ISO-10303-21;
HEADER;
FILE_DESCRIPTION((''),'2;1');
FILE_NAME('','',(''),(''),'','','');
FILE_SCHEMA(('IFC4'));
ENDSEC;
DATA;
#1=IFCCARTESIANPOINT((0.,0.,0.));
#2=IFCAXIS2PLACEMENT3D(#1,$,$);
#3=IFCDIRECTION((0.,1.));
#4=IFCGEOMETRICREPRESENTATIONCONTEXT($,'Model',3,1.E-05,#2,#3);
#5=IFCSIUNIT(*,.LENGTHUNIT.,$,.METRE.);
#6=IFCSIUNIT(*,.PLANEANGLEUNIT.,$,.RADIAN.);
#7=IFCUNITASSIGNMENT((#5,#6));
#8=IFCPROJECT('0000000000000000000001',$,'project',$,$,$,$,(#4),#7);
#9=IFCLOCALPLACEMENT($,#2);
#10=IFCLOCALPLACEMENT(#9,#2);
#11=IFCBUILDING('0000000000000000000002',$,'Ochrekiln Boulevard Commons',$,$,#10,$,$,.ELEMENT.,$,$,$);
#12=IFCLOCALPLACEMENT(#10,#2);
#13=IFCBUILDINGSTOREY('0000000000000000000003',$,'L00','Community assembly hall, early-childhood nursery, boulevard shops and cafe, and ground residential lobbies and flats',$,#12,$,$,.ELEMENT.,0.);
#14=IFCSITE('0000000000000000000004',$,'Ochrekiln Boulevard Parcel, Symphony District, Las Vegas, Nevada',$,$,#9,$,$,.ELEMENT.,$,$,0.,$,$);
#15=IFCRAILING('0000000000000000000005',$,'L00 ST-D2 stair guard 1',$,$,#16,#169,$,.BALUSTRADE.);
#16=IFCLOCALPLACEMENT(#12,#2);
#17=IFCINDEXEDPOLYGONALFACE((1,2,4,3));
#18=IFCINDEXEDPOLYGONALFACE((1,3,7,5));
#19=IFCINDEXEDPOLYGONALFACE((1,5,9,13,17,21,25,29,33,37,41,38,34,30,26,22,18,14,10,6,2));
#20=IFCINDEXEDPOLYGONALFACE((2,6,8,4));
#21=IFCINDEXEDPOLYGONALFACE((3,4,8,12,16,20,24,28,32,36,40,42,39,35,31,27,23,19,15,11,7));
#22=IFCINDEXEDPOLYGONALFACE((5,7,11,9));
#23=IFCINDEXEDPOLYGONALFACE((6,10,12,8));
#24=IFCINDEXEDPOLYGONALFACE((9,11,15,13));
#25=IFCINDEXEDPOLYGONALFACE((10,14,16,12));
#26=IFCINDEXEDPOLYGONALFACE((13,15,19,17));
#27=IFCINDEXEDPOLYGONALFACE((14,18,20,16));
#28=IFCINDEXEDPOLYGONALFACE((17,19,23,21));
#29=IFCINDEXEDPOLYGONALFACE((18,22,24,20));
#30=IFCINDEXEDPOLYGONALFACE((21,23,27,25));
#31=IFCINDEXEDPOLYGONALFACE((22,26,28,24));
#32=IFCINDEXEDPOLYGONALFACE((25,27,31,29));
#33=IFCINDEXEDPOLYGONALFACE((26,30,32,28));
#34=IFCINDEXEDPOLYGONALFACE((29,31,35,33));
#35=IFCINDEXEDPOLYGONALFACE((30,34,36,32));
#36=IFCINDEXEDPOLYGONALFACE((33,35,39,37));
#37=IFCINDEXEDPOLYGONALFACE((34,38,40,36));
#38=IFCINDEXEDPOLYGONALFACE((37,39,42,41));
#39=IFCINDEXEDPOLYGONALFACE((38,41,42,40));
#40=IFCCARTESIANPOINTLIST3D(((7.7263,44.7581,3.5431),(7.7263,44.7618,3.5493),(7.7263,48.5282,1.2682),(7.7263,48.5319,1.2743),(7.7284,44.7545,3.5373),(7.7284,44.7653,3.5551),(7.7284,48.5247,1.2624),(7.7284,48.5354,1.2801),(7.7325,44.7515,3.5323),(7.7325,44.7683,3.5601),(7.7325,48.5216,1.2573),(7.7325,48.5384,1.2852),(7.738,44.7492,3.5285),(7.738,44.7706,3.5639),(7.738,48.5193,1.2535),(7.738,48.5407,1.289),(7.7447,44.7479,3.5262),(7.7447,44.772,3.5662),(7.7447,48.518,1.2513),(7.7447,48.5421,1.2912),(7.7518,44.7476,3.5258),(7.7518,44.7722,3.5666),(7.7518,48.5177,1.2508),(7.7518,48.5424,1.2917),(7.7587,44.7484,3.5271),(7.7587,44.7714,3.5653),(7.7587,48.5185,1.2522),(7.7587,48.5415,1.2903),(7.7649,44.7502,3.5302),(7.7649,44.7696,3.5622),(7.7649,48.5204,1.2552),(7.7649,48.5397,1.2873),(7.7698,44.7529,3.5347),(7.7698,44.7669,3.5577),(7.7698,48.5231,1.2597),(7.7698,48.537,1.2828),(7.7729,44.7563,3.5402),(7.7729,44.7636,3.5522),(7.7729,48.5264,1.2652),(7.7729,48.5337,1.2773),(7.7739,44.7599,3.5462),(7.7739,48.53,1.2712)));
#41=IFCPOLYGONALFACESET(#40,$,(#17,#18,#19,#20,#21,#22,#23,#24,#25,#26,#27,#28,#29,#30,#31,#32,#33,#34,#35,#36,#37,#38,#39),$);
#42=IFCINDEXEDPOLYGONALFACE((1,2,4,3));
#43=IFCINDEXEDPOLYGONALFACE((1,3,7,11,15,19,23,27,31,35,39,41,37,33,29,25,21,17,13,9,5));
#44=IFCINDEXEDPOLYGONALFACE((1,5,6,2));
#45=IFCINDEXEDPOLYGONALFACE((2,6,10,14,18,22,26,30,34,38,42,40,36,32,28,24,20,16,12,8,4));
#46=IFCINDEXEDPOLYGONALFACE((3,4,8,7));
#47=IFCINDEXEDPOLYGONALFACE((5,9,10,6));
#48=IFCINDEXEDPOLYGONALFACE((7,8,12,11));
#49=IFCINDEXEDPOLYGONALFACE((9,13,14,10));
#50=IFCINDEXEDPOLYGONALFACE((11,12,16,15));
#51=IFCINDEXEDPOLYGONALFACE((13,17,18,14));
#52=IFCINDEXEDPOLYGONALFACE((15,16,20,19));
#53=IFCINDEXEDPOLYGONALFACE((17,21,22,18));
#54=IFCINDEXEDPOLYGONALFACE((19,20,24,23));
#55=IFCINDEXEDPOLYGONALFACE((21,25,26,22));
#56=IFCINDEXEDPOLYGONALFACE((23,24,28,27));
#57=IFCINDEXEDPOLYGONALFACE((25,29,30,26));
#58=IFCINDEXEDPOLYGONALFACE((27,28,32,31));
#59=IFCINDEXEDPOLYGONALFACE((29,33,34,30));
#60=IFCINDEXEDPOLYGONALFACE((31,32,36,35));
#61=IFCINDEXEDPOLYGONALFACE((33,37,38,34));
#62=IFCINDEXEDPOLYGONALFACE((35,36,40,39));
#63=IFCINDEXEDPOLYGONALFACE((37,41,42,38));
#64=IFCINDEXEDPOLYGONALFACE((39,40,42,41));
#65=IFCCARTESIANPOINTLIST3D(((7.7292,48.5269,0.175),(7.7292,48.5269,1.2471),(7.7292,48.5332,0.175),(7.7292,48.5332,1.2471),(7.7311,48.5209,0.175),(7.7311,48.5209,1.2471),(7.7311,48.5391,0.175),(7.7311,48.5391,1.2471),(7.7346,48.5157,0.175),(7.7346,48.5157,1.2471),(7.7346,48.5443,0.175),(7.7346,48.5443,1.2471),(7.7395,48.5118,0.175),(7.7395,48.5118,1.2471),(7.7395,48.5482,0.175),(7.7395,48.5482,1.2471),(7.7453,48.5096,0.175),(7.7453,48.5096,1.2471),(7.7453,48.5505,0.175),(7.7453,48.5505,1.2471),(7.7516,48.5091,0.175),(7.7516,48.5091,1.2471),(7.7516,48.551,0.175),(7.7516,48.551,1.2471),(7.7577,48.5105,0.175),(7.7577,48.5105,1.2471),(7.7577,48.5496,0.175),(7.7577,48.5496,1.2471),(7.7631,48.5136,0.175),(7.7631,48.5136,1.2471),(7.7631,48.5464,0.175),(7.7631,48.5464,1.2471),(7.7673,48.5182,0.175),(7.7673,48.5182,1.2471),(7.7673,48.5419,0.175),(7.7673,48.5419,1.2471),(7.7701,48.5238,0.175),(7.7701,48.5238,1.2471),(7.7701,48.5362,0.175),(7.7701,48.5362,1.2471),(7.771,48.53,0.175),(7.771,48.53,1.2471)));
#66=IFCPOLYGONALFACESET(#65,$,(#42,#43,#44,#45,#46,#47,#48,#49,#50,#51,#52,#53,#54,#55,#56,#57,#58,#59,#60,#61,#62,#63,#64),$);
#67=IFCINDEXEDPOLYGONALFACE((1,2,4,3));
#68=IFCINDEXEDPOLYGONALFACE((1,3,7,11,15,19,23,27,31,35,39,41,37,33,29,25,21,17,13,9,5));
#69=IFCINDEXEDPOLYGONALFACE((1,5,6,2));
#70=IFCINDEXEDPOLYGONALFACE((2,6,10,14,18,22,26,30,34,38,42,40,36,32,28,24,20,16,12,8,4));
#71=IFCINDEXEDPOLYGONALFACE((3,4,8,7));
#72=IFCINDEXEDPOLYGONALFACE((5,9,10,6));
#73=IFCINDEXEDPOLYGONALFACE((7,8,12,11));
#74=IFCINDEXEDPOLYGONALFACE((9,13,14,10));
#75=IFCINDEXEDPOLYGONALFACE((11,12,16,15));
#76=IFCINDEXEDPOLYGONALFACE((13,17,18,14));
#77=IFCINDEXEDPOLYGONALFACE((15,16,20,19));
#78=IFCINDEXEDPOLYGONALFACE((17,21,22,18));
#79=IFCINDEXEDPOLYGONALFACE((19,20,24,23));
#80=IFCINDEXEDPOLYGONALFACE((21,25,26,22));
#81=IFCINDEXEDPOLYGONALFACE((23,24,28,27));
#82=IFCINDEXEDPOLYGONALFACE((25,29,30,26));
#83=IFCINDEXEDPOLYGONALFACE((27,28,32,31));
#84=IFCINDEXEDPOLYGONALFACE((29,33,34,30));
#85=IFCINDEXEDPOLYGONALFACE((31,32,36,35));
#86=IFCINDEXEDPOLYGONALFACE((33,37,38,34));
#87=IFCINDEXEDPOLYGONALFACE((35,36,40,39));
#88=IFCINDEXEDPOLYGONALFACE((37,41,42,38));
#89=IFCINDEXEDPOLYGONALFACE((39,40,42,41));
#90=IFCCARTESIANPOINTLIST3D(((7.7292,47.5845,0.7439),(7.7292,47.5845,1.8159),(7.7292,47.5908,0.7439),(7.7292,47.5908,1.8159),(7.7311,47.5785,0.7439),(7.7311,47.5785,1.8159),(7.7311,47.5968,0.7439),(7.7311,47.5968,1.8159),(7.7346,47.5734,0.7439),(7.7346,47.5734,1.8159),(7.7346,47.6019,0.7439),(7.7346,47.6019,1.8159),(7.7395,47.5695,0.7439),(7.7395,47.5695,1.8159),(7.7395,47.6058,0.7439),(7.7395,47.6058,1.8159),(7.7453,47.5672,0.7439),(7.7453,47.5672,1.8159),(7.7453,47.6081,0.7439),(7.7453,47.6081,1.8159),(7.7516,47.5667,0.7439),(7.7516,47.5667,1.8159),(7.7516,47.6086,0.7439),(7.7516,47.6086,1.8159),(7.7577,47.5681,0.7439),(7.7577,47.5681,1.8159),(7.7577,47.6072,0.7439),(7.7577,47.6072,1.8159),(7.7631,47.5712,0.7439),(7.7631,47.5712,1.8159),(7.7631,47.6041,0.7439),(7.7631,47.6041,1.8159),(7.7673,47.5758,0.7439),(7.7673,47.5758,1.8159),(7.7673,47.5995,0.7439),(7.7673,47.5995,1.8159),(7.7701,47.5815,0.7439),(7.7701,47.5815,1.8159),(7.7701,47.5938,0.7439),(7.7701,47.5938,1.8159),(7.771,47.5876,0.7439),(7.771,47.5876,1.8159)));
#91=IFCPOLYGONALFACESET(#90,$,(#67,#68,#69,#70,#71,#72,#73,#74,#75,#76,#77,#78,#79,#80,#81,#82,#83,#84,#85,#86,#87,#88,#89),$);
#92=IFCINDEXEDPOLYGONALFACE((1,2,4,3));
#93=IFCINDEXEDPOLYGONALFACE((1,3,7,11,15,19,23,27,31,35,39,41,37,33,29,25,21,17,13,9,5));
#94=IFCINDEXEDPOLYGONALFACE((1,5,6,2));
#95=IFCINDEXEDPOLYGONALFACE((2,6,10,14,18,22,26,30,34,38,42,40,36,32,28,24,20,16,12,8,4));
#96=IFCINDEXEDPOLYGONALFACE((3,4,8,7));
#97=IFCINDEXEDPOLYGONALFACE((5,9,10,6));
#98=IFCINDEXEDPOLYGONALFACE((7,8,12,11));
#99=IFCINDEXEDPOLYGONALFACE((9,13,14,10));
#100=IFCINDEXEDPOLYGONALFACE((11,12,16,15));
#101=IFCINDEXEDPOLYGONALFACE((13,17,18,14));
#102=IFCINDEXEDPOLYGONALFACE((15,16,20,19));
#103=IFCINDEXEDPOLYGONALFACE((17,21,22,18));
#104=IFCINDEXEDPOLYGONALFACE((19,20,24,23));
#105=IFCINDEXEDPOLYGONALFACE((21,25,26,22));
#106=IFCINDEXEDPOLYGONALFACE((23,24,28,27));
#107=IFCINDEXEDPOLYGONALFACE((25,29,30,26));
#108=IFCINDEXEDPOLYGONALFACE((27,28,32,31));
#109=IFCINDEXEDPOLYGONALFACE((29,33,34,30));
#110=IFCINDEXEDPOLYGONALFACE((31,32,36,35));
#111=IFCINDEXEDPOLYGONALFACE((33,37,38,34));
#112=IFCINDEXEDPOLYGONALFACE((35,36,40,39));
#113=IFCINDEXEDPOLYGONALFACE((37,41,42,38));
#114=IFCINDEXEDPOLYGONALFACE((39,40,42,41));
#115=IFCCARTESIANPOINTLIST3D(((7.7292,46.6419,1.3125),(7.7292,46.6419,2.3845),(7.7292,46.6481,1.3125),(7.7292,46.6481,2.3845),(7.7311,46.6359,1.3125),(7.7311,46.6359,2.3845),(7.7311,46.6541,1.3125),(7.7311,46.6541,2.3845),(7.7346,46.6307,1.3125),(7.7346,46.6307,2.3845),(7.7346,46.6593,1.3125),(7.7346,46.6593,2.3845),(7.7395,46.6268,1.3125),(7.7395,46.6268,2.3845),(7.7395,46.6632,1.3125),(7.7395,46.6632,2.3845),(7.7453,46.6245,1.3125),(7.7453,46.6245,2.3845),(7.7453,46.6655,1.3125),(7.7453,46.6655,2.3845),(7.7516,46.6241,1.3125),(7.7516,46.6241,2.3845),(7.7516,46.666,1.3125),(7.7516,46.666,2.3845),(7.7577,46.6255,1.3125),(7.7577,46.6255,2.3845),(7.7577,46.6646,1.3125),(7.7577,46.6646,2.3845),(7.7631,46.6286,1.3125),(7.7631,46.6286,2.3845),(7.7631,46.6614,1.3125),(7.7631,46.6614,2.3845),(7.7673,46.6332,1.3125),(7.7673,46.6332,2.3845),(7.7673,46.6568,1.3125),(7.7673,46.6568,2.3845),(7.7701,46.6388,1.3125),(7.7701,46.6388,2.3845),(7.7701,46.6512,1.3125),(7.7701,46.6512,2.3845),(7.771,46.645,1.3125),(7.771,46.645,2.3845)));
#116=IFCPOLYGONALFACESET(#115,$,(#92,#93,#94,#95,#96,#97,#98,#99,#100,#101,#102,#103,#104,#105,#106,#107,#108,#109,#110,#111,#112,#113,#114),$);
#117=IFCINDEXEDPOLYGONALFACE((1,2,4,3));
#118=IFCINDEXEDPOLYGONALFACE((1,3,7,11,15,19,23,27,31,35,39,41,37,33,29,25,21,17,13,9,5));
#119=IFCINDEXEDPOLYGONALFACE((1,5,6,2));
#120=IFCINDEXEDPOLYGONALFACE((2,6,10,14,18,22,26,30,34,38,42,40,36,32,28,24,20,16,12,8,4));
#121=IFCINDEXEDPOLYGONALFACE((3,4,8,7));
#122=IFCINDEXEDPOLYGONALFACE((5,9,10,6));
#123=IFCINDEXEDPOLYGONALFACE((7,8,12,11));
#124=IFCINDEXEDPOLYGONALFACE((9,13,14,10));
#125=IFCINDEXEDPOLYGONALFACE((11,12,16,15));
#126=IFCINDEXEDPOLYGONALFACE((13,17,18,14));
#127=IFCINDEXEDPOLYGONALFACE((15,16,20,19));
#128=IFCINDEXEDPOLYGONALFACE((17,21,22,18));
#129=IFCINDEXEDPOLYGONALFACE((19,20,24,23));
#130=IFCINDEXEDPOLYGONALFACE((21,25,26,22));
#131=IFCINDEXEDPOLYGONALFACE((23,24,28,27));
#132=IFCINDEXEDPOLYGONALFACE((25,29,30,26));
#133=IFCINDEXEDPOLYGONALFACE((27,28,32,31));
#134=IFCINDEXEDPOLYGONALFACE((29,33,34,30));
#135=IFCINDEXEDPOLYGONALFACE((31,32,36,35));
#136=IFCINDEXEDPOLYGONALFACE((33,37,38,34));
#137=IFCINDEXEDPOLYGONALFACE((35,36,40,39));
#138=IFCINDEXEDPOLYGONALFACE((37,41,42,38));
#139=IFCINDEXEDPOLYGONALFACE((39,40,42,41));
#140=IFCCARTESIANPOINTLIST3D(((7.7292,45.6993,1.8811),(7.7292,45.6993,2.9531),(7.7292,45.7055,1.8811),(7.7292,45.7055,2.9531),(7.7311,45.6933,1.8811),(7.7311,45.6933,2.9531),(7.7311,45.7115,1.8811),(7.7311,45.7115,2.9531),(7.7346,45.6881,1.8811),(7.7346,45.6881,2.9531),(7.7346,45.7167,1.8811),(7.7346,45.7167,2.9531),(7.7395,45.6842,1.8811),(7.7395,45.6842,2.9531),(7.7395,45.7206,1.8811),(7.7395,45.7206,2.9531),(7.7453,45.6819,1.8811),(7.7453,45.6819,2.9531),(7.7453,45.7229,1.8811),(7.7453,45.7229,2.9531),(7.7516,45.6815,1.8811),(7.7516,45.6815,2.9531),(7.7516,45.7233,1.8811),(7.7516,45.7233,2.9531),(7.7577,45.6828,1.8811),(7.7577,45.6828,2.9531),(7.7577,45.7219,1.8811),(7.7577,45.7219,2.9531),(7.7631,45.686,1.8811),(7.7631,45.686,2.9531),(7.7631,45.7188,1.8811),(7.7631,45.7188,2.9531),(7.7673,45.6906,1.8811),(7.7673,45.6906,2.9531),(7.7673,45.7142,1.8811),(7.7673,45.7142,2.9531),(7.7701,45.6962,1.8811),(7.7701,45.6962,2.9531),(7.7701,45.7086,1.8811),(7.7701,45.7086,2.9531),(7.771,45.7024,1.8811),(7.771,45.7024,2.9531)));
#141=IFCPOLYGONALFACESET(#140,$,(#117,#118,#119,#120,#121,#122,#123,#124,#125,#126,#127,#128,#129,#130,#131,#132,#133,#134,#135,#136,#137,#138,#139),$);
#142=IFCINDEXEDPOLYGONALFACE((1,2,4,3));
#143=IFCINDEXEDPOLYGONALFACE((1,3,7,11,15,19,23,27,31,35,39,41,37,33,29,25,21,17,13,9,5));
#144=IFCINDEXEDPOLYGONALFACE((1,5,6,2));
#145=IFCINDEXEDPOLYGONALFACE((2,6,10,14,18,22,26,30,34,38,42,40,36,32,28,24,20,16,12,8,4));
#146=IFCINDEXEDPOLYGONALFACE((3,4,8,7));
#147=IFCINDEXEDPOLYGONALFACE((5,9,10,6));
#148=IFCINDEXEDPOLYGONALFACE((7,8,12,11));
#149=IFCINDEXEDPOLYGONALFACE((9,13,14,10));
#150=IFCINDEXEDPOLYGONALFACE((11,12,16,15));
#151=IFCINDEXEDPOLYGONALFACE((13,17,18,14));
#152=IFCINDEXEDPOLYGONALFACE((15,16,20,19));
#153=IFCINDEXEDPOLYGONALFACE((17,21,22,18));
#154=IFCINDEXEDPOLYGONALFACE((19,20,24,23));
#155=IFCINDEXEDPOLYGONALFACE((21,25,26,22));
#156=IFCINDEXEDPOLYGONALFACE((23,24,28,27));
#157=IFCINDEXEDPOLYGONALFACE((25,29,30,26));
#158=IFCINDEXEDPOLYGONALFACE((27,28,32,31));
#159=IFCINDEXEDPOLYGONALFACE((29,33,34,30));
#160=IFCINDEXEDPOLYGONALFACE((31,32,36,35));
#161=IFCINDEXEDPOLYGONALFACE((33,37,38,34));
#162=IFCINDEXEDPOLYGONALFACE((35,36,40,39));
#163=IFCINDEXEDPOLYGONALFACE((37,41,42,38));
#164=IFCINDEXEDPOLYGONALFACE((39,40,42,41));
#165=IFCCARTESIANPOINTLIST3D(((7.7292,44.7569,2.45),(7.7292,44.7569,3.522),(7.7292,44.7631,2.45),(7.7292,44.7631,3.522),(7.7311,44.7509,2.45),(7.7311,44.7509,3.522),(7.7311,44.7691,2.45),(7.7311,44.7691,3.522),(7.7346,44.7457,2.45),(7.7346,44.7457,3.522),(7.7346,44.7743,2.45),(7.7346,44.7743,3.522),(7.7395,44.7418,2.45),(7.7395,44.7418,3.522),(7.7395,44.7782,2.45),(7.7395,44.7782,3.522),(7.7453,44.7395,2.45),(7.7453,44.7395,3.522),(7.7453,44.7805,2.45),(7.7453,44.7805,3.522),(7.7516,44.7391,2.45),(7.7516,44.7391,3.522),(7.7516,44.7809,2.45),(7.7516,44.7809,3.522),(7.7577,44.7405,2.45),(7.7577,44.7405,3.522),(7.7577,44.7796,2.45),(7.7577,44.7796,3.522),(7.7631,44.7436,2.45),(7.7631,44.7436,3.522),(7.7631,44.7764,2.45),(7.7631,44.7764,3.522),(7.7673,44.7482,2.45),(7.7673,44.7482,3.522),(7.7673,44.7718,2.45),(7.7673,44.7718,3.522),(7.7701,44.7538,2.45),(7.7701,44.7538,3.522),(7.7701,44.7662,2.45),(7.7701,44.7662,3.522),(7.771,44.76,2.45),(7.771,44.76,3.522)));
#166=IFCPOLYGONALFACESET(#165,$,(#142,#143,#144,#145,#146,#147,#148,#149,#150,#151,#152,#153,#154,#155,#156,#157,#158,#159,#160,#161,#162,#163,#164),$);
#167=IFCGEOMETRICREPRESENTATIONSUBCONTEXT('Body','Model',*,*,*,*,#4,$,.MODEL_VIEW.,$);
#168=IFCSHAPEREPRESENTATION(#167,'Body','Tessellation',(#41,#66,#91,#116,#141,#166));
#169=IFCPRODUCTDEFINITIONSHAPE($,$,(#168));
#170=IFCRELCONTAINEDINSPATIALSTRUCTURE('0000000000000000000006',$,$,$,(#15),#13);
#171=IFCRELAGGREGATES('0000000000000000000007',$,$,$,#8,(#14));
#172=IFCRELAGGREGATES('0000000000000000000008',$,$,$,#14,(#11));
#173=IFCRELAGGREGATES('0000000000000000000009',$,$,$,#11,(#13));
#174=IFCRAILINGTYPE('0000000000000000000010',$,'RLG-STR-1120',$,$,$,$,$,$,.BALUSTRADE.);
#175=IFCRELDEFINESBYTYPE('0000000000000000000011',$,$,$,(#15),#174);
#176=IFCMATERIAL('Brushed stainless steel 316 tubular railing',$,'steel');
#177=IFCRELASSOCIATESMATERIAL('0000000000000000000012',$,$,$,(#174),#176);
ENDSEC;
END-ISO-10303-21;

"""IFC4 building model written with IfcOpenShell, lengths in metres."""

from ifc_helpers import new_model, si_unit, direction, frame, origin, origin_2d, place, context, subcontext, project, spatial, circle, extrude, material, type_object, element, save


model = new_model("IFC4")

# Units and contexts
model_context = context("Model", 3, precision=1e-05, world=origin(), true_north=direction((0.0, 1.0)))
body_context = subcontext(model_context, "Body", "Model", "MODEL_VIEW")
ifc_project = project(units=[si_unit("LENGTHUNIT", "METRE"), si_unit("PLANEANGLEUNIT", "RADIAN")], contexts=[model_context])

# Site, building, storey
site_placement = place(None, origin())
site = spatial("IfcSite", under=ifc_project, at=site_placement, Name="Ochrekiln Boulevard Parcel, Symphony District, Las Vegas, Nevada", CompositionType="ELEMENT", RefElevation=0.0)
building_placement = place(site_placement, origin())
building = spatial("IfcBuilding", under=site, at=building_placement, Name="Ochrekiln Boulevard Commons", CompositionType="ELEMENT")
storey_placement = place(building_placement, origin())
storey = spatial("IfcBuildingStorey", under=building, at=storey_placement, Name="L00", Description="Community assembly hall, early-childhood nursery, boulevard shops and cafe, and ground residential lobbies and flats", CompositionType="ELEMENT", Elevation=0.0)

# Railing
ifc_material_1 = material(Name="Brushed stainless steel 316 tubular railing", Category="steel")
railing_type_1 = type_object("IfcRailingType", Name="RLG-STR-1120", PredefinedType="BALUSTRADE", material=ifc_material_1)
railing_1_placement = place(storey_placement, frame((7.75, 48.53, 0.175)))
element("IfcRailing", 1, at=railing_1_placement, inside=storey, type_object=railing_type_1, Name="L00 ST-D2 stair guard 1", PredefinedType="BALUSTRADE", context=body_context, shape_type="SweptSolid", body=[
    extrude(circle(Radius=0.0239, at=origin_2d()), frame((0.0, 0.0, 1.0962), z_axis=(0.0, -0.856199, 0.516647), x_axis=(1.0, 0.0, 0.0)), (0.0, 0.0, 1.0), 4.4033),
    extrude(circle(Radius=0.021, at=origin_2d()), origin(), (0.0, 0.0, 1.0), 1.072),
    extrude(circle(Radius=0.021, at=origin_2d()), frame((0.0, -0.9424, 0.5688)), (0.0, 0.0, 1.0), 1.072),
    extrude(circle(Radius=0.021, at=origin_2d()), frame((0.0, -1.885, 1.1375)), (0.0, 0.0, 1.0), 1.072),
    extrude(circle(Radius=0.021, at=origin_2d()), frame((0.0, -2.8276, 1.7061)), (0.0, 0.0, 1.0), 1.072),
    extrude(circle(Radius=0.021, at=origin_2d()), frame((0.0, -3.77, 2.2749)), (0.0, 0.0, 1.0), 1.072),
])

save(model, "model.ifc")
